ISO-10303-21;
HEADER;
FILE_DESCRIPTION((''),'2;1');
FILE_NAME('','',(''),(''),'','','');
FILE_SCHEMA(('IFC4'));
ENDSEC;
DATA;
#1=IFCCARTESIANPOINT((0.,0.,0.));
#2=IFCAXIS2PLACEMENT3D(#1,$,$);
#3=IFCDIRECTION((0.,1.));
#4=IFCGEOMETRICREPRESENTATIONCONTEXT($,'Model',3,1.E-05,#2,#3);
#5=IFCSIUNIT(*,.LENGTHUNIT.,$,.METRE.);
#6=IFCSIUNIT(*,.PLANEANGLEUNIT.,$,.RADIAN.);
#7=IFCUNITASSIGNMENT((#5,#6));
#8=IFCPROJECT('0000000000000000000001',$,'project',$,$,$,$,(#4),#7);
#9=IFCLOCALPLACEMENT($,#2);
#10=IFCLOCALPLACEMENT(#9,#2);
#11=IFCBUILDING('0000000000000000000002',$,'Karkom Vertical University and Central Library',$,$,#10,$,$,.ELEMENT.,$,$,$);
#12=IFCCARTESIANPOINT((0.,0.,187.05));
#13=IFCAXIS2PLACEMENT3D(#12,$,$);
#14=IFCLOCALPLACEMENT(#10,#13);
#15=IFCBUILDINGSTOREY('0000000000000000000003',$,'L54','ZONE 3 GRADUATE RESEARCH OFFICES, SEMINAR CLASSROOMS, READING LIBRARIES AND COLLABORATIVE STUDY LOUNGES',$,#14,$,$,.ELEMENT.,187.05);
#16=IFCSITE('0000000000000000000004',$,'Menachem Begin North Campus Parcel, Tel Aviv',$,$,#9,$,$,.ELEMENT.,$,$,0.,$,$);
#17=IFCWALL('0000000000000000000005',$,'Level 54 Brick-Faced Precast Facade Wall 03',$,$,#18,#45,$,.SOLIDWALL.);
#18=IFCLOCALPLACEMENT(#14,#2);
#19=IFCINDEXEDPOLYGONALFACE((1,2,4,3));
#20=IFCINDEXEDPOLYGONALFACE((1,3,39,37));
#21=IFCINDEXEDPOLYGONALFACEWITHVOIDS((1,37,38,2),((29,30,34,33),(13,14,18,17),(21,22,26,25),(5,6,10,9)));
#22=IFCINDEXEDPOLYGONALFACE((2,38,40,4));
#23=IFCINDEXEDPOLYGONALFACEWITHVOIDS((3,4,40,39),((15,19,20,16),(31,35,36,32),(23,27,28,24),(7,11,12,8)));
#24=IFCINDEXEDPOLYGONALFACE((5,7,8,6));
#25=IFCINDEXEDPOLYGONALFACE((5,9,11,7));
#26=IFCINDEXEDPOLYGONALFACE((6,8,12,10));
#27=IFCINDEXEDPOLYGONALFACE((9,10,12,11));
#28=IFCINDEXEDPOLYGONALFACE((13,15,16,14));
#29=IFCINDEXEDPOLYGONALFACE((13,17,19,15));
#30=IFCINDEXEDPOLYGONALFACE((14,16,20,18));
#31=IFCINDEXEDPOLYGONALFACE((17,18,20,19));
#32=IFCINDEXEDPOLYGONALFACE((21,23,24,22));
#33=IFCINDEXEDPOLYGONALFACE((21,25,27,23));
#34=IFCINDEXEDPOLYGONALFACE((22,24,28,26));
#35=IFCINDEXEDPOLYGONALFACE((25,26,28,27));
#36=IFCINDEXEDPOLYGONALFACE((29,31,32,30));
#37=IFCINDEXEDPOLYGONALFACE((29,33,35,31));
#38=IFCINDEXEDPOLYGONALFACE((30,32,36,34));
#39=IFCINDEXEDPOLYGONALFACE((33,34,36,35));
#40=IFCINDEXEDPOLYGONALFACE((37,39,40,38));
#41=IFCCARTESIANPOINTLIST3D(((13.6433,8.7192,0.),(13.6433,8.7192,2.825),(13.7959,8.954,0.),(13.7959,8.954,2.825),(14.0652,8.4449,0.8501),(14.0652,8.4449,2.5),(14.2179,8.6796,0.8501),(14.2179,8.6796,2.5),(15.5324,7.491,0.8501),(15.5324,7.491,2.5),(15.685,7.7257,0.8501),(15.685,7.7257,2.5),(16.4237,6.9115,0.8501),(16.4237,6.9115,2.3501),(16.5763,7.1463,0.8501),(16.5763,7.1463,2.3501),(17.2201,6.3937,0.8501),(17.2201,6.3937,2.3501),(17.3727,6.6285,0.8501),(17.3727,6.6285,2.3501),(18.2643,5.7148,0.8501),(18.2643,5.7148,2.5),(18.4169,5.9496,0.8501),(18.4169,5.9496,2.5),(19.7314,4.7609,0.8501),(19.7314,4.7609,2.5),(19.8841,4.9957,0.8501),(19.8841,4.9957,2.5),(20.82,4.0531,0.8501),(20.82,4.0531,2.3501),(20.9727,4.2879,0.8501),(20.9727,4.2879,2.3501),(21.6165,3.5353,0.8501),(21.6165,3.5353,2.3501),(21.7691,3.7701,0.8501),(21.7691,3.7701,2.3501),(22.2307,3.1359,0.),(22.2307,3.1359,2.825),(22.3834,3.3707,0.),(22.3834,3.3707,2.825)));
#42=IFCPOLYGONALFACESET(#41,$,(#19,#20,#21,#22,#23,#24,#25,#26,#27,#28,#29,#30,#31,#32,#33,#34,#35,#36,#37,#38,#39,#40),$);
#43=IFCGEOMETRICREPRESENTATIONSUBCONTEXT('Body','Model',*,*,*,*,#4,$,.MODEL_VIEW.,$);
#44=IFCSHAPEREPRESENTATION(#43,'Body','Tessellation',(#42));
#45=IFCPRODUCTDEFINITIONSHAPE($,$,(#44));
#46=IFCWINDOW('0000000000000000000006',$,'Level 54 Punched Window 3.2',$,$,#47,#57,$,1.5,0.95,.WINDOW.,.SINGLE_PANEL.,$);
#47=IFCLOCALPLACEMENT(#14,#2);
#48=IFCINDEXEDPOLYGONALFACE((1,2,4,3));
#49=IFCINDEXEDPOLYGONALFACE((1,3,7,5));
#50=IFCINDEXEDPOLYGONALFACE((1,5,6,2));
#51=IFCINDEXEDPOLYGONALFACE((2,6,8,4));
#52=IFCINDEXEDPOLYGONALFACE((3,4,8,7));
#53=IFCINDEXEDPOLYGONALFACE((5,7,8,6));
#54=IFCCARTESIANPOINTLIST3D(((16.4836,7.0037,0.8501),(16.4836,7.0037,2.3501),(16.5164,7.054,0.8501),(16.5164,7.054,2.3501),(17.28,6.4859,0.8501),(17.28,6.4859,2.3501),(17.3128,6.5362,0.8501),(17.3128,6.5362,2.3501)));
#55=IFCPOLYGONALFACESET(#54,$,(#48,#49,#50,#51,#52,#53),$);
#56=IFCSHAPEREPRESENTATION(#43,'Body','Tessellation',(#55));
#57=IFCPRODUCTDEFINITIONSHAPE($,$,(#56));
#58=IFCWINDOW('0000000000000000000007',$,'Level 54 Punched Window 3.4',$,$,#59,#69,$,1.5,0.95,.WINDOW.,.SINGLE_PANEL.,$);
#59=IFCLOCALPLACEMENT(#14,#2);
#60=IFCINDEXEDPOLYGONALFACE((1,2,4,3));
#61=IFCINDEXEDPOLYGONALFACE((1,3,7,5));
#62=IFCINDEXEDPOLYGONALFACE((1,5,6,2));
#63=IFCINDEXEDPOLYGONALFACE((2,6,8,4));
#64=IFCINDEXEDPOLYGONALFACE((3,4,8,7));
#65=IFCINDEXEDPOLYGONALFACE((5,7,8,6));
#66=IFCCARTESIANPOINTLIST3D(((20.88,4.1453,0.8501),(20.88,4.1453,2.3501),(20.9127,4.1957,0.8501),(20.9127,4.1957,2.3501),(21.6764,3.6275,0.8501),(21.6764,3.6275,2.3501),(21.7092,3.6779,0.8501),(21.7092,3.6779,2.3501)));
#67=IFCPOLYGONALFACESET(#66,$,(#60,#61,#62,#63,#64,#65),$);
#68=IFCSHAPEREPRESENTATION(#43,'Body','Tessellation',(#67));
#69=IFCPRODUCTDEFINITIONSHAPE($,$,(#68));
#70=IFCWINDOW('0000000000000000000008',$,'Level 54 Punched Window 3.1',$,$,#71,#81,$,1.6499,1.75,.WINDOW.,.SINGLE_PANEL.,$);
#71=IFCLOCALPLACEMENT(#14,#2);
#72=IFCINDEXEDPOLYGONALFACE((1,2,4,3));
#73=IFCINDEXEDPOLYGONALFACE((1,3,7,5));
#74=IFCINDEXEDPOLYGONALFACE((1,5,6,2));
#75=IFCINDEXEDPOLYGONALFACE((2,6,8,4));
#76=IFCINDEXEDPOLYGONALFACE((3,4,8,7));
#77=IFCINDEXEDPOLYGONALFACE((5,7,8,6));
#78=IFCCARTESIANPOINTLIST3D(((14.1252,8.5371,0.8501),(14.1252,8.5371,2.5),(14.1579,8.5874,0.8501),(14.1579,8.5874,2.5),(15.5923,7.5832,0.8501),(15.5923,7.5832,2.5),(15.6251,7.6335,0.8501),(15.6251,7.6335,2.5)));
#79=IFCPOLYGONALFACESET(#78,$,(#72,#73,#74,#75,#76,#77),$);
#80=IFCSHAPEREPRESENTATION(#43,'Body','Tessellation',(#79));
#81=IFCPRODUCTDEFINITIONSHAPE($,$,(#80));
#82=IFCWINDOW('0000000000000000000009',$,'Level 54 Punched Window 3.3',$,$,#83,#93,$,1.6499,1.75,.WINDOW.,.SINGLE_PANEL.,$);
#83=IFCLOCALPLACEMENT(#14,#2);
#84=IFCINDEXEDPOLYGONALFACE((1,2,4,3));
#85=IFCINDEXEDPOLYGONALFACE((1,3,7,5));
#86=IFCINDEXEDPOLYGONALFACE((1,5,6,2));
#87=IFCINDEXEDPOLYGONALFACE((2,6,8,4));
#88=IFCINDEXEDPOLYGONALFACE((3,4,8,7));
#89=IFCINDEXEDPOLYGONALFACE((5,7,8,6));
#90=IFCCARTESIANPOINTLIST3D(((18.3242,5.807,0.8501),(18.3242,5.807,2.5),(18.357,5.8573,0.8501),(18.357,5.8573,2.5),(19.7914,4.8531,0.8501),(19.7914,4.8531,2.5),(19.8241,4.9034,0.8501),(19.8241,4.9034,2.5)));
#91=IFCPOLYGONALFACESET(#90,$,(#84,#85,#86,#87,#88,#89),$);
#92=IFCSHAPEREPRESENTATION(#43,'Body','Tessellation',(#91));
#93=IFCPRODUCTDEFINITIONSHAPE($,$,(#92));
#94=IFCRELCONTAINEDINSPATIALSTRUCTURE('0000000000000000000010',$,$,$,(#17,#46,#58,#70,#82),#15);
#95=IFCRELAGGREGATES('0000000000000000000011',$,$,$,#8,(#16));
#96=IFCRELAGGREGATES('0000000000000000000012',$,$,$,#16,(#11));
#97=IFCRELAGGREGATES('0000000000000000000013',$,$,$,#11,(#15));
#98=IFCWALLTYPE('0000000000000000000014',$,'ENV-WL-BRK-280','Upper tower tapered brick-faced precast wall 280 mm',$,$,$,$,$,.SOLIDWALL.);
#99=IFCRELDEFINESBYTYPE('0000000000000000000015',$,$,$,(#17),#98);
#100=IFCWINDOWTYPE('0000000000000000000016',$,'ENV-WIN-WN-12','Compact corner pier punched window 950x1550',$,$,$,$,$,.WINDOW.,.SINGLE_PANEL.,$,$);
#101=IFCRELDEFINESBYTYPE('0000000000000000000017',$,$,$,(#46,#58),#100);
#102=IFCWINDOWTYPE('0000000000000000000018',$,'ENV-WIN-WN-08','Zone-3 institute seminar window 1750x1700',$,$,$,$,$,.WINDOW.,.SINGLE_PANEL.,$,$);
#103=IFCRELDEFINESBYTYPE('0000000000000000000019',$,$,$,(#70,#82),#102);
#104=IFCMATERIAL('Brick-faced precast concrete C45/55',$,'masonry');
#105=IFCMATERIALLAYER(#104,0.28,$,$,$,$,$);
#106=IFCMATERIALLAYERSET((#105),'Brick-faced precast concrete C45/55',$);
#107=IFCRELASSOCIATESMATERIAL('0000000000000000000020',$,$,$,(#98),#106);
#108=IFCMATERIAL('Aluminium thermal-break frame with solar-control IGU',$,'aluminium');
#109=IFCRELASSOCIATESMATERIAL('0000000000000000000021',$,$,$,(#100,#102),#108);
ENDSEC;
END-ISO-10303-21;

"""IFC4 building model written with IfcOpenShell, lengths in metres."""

from ifc_helpers import new_model, si_unit, direction, frame, frame_2d, origin, origin_with_axes, place, context, subcontext, project, spatial, rectangle, extrude, source, transform, mapped, material, layer, layer_set, type_object, element, fill, save


model = new_model("IFC4")

# Units and contexts
model_context = context("Model", 3, precision=1e-05, world=origin(), true_north=direction((0.0, 1.0)))
body_context = subcontext(model_context, "Body", "Model", "MODEL_VIEW")
ifc_project = project(units=[si_unit("LENGTHUNIT", "METRE"), si_unit("PLANEANGLEUNIT", "RADIAN")], contexts=[model_context])

# Site, building, storey
site_placement = place(None, origin())
site = spatial("IfcSite", under=ifc_project, at=site_placement, Name="Menachem Begin North Campus Parcel, Tel Aviv", CompositionType="ELEMENT", RefElevation=0.0)
building_placement = place(site_placement, origin())
building = spatial("IfcBuilding", under=site, at=building_placement, Name="Karkom Vertical University and Central Library", CompositionType="ELEMENT")
storey_placement = place(building_placement, frame((0.0, 0.0, 187.05)))
storey = spatial("IfcBuildingStorey", under=building, at=storey_placement, Name="L54", Description="ZONE 3 GRADUATE RESEARCH OFFICES, SEMINAR CLASSROOMS, READING LIBRARIES AND COLLABORATIVE STUDY LOUNGES", CompositionType="ELEMENT", Elevation=187.05)

# Wall, openings, windows
ifc_material_1 = material(Name="Brick-faced precast concrete C45/55", Category="masonry")
ifc_layer_1 = layer(ifc_material_1, 0.28)
ifc_layer_set_1 = layer_set([ifc_layer_1], Name="Brick-faced precast concrete C45/55")
wall_type_1 = type_object("IfcWallType", Name="ENV-WL-BRK-280", Description="Upper tower tapered brick-faced precast wall 280 mm", PredefinedType="SOLIDWALL", material=ifc_layer_set_1)
wall_1_placement = place(storey_placement, frame((13.7195, 8.8367, 0.0), z_axis=(0.0, 0.0, 1.0), x_axis=(0.838379, -0.545087, 0.0)))
wall_1 = element("IfcWall", 1, at=wall_1_placement, inside=storey, type_object=wall_type_1, Name="Level 54 Brick-Faced Precast Facade Wall 03", PredefinedType="SOLIDWALL", context=body_context, shape_type="SweptSolid", body=[
    extrude(rectangle(XDim=10.2429, YDim=0.28, at=frame_2d((5.1216, 0.0))), origin(), (0.0, 0.0, 1.0), 2.825),
])
opening_1_placement = place(wall_1_placement, frame((0.5034, 0.0, 0.8501)))
opening_1 = element("IfcOpeningElement", 2, at=opening_1_placement, cuts=wall_1, PredefinedType="OPENING", context=body_context, shape_type="SweptSolid", body=[
    extrude(rectangle(XDim=1.75, YDim=1.6499, at=frame_2d((0.875, 0.825))), frame((0.0, 0.1499, 0.0), z_axis=(0.0, -1.0, 0.0), x_axis=(1.0, 0.0, 0.0)), (0.0, 0.0, 1.0), 0.3),
])
opening_2_placement = place(wall_1_placement, frame((3.3164, 0.0, 0.8501)))
opening_2 = element("IfcOpeningElement", 3, at=opening_2_placement, cuts=wall_1, PredefinedType="OPENING", context=body_context, shape_type="SweptSolid", body=[
    extrude(rectangle(XDim=0.95, YDim=1.5, at=frame_2d((0.4751, 0.75))), frame((0.0, 0.1499, 0.0), z_axis=(0.0, -1.0, 0.0), x_axis=(1.0, 0.0, 0.0)), (0.0, 0.0, 1.0), 0.3),
])
opening_3_placement = place(wall_1_placement, frame((5.512, 0.0, 0.8501)))
opening_3 = element("IfcOpeningElement", 4, at=opening_3_placement, cuts=wall_1, PredefinedType="OPENING", context=body_context, shape_type="SweptSolid", body=[
    extrude(rectangle(XDim=1.75, YDim=1.6499, at=frame_2d((0.875, 0.825))), frame((0.0, 0.1499, 0.0), z_axis=(0.0, -1.0, 0.0), x_axis=(1.0, 0.0, 0.0)), (0.0, 0.0, 1.0), 0.3),
])
opening_4_placement = place(wall_1_placement, frame((8.5603, 0.0, 0.8501)))
opening_4 = element("IfcOpeningElement", 5, at=opening_4_placement, cuts=wall_1, PredefinedType="OPENING", context=body_context, shape_type="SweptSolid", body=[
    extrude(rectangle(XDim=0.95, YDim=1.5, at=frame_2d((0.4751, 0.75))), frame((0.0, 0.1499, 0.0), z_axis=(0.0, -1.0, 0.0), x_axis=(1.0, 0.0, 0.0)), (0.0, 0.0, 1.0), 0.3),
])
ifc_material_2 = material(Name="Aluminium thermal-break frame with solar-control IGU", Category="aluminium")
window_type_1 = type_object("IfcWindowType", Name="ENV-WIN-WN-12", Description="Compact corner pier punched window 950x1550", PartitioningType="SINGLE_PANEL", PredefinedType="WINDOW", material=ifc_material_2)
shared_shape_1 = source(origin_with_axes(), body_context, "Body", "SweptSolid", [
    extrude(rectangle(XDim=0.95, YDim=1.5, at=frame_2d((0.4751, 0.75))), frame((0.0, 0.03, 0.0), z_axis=(0.0, -1.0, 0.0), x_axis=(1.0, 0.0, 0.0)), (0.0, 0.0, 1.0), 0.0601),
])
window_1_placement = place(opening_2_placement, origin())
window_1 = element("IfcWindow", 6, at=window_1_placement, inside=storey, type_object=window_type_1, Name="Level 54 Punched Window 3.2", OverallHeight=1.5, OverallWidth=0.95, PartitioningType="SINGLE_PANEL", PredefinedType="WINDOW", context=body_context, shape_type="MappedRepresentation", body=[
    mapped(shared_shape_1, transform((0.0, 0.0, 0.0), scale=1.0)),
])
fill(opening_2, window_1)
window_2_placement = place(opening_4_placement, origin())
window_2 = element("IfcWindow", 7, at=window_2_placement, inside=storey, type_object=window_type_1, Name="Level 54 Punched Window 3.4", OverallHeight=1.5, OverallWidth=0.95, PartitioningType="SINGLE_PANEL", PredefinedType="WINDOW", context=body_context, shape_type="MappedRepresentation", body=[
    mapped(shared_shape_1, transform((0.0, 0.0, 0.0), scale=1.0)),
])
fill(opening_4, window_2)
window_type_2 = type_object("IfcWindowType", Name="ENV-WIN-WN-08", Description="Zone-3 institute seminar window 1750x1700", PartitioningType="SINGLE_PANEL", PredefinedType="WINDOW", material=ifc_material_2)
shared_shape_2 = source(origin_with_axes(), body_context, "Body", "SweptSolid", [
    extrude(rectangle(XDim=1.75, YDim=1.6499, at=frame_2d((0.875, 0.825))), frame((0.0, 0.03, 0.0), z_axis=(0.0, -1.0, 0.0), x_axis=(1.0, 0.0, 0.0)), (0.0, 0.0, 1.0), 0.0601),
])
window_3_placement = place(opening_1_placement, origin())
window_3 = element("IfcWindow", 8, at=window_3_placement, inside=storey, type_object=window_type_2, Name="Level 54 Punched Window 3.1", OverallHeight=1.6499, OverallWidth=1.75, PartitioningType="SINGLE_PANEL", PredefinedType="WINDOW", context=body_context, shape_type="MappedRepresentation", body=[
    mapped(shared_shape_2, transform((0.0, 0.0, 0.0), scale=1.0)),
])
fill(opening_1, window_3)
window_4_placement = place(opening_3_placement, origin())
window_4 = element("IfcWindow", 9, at=window_4_placement, inside=storey, type_object=window_type_2, Name="Level 54 Punched Window 3.3", OverallHeight=1.6499, OverallWidth=1.75, PartitioningType="SINGLE_PANEL", PredefinedType="WINDOW", context=body_context, shape_type="MappedRepresentation", body=[
    mapped(shared_shape_2, transform((0.0, 0.0, 0.0), scale=1.0)),
])
fill(opening_3, window_4)

save(model, "model.ifc")
